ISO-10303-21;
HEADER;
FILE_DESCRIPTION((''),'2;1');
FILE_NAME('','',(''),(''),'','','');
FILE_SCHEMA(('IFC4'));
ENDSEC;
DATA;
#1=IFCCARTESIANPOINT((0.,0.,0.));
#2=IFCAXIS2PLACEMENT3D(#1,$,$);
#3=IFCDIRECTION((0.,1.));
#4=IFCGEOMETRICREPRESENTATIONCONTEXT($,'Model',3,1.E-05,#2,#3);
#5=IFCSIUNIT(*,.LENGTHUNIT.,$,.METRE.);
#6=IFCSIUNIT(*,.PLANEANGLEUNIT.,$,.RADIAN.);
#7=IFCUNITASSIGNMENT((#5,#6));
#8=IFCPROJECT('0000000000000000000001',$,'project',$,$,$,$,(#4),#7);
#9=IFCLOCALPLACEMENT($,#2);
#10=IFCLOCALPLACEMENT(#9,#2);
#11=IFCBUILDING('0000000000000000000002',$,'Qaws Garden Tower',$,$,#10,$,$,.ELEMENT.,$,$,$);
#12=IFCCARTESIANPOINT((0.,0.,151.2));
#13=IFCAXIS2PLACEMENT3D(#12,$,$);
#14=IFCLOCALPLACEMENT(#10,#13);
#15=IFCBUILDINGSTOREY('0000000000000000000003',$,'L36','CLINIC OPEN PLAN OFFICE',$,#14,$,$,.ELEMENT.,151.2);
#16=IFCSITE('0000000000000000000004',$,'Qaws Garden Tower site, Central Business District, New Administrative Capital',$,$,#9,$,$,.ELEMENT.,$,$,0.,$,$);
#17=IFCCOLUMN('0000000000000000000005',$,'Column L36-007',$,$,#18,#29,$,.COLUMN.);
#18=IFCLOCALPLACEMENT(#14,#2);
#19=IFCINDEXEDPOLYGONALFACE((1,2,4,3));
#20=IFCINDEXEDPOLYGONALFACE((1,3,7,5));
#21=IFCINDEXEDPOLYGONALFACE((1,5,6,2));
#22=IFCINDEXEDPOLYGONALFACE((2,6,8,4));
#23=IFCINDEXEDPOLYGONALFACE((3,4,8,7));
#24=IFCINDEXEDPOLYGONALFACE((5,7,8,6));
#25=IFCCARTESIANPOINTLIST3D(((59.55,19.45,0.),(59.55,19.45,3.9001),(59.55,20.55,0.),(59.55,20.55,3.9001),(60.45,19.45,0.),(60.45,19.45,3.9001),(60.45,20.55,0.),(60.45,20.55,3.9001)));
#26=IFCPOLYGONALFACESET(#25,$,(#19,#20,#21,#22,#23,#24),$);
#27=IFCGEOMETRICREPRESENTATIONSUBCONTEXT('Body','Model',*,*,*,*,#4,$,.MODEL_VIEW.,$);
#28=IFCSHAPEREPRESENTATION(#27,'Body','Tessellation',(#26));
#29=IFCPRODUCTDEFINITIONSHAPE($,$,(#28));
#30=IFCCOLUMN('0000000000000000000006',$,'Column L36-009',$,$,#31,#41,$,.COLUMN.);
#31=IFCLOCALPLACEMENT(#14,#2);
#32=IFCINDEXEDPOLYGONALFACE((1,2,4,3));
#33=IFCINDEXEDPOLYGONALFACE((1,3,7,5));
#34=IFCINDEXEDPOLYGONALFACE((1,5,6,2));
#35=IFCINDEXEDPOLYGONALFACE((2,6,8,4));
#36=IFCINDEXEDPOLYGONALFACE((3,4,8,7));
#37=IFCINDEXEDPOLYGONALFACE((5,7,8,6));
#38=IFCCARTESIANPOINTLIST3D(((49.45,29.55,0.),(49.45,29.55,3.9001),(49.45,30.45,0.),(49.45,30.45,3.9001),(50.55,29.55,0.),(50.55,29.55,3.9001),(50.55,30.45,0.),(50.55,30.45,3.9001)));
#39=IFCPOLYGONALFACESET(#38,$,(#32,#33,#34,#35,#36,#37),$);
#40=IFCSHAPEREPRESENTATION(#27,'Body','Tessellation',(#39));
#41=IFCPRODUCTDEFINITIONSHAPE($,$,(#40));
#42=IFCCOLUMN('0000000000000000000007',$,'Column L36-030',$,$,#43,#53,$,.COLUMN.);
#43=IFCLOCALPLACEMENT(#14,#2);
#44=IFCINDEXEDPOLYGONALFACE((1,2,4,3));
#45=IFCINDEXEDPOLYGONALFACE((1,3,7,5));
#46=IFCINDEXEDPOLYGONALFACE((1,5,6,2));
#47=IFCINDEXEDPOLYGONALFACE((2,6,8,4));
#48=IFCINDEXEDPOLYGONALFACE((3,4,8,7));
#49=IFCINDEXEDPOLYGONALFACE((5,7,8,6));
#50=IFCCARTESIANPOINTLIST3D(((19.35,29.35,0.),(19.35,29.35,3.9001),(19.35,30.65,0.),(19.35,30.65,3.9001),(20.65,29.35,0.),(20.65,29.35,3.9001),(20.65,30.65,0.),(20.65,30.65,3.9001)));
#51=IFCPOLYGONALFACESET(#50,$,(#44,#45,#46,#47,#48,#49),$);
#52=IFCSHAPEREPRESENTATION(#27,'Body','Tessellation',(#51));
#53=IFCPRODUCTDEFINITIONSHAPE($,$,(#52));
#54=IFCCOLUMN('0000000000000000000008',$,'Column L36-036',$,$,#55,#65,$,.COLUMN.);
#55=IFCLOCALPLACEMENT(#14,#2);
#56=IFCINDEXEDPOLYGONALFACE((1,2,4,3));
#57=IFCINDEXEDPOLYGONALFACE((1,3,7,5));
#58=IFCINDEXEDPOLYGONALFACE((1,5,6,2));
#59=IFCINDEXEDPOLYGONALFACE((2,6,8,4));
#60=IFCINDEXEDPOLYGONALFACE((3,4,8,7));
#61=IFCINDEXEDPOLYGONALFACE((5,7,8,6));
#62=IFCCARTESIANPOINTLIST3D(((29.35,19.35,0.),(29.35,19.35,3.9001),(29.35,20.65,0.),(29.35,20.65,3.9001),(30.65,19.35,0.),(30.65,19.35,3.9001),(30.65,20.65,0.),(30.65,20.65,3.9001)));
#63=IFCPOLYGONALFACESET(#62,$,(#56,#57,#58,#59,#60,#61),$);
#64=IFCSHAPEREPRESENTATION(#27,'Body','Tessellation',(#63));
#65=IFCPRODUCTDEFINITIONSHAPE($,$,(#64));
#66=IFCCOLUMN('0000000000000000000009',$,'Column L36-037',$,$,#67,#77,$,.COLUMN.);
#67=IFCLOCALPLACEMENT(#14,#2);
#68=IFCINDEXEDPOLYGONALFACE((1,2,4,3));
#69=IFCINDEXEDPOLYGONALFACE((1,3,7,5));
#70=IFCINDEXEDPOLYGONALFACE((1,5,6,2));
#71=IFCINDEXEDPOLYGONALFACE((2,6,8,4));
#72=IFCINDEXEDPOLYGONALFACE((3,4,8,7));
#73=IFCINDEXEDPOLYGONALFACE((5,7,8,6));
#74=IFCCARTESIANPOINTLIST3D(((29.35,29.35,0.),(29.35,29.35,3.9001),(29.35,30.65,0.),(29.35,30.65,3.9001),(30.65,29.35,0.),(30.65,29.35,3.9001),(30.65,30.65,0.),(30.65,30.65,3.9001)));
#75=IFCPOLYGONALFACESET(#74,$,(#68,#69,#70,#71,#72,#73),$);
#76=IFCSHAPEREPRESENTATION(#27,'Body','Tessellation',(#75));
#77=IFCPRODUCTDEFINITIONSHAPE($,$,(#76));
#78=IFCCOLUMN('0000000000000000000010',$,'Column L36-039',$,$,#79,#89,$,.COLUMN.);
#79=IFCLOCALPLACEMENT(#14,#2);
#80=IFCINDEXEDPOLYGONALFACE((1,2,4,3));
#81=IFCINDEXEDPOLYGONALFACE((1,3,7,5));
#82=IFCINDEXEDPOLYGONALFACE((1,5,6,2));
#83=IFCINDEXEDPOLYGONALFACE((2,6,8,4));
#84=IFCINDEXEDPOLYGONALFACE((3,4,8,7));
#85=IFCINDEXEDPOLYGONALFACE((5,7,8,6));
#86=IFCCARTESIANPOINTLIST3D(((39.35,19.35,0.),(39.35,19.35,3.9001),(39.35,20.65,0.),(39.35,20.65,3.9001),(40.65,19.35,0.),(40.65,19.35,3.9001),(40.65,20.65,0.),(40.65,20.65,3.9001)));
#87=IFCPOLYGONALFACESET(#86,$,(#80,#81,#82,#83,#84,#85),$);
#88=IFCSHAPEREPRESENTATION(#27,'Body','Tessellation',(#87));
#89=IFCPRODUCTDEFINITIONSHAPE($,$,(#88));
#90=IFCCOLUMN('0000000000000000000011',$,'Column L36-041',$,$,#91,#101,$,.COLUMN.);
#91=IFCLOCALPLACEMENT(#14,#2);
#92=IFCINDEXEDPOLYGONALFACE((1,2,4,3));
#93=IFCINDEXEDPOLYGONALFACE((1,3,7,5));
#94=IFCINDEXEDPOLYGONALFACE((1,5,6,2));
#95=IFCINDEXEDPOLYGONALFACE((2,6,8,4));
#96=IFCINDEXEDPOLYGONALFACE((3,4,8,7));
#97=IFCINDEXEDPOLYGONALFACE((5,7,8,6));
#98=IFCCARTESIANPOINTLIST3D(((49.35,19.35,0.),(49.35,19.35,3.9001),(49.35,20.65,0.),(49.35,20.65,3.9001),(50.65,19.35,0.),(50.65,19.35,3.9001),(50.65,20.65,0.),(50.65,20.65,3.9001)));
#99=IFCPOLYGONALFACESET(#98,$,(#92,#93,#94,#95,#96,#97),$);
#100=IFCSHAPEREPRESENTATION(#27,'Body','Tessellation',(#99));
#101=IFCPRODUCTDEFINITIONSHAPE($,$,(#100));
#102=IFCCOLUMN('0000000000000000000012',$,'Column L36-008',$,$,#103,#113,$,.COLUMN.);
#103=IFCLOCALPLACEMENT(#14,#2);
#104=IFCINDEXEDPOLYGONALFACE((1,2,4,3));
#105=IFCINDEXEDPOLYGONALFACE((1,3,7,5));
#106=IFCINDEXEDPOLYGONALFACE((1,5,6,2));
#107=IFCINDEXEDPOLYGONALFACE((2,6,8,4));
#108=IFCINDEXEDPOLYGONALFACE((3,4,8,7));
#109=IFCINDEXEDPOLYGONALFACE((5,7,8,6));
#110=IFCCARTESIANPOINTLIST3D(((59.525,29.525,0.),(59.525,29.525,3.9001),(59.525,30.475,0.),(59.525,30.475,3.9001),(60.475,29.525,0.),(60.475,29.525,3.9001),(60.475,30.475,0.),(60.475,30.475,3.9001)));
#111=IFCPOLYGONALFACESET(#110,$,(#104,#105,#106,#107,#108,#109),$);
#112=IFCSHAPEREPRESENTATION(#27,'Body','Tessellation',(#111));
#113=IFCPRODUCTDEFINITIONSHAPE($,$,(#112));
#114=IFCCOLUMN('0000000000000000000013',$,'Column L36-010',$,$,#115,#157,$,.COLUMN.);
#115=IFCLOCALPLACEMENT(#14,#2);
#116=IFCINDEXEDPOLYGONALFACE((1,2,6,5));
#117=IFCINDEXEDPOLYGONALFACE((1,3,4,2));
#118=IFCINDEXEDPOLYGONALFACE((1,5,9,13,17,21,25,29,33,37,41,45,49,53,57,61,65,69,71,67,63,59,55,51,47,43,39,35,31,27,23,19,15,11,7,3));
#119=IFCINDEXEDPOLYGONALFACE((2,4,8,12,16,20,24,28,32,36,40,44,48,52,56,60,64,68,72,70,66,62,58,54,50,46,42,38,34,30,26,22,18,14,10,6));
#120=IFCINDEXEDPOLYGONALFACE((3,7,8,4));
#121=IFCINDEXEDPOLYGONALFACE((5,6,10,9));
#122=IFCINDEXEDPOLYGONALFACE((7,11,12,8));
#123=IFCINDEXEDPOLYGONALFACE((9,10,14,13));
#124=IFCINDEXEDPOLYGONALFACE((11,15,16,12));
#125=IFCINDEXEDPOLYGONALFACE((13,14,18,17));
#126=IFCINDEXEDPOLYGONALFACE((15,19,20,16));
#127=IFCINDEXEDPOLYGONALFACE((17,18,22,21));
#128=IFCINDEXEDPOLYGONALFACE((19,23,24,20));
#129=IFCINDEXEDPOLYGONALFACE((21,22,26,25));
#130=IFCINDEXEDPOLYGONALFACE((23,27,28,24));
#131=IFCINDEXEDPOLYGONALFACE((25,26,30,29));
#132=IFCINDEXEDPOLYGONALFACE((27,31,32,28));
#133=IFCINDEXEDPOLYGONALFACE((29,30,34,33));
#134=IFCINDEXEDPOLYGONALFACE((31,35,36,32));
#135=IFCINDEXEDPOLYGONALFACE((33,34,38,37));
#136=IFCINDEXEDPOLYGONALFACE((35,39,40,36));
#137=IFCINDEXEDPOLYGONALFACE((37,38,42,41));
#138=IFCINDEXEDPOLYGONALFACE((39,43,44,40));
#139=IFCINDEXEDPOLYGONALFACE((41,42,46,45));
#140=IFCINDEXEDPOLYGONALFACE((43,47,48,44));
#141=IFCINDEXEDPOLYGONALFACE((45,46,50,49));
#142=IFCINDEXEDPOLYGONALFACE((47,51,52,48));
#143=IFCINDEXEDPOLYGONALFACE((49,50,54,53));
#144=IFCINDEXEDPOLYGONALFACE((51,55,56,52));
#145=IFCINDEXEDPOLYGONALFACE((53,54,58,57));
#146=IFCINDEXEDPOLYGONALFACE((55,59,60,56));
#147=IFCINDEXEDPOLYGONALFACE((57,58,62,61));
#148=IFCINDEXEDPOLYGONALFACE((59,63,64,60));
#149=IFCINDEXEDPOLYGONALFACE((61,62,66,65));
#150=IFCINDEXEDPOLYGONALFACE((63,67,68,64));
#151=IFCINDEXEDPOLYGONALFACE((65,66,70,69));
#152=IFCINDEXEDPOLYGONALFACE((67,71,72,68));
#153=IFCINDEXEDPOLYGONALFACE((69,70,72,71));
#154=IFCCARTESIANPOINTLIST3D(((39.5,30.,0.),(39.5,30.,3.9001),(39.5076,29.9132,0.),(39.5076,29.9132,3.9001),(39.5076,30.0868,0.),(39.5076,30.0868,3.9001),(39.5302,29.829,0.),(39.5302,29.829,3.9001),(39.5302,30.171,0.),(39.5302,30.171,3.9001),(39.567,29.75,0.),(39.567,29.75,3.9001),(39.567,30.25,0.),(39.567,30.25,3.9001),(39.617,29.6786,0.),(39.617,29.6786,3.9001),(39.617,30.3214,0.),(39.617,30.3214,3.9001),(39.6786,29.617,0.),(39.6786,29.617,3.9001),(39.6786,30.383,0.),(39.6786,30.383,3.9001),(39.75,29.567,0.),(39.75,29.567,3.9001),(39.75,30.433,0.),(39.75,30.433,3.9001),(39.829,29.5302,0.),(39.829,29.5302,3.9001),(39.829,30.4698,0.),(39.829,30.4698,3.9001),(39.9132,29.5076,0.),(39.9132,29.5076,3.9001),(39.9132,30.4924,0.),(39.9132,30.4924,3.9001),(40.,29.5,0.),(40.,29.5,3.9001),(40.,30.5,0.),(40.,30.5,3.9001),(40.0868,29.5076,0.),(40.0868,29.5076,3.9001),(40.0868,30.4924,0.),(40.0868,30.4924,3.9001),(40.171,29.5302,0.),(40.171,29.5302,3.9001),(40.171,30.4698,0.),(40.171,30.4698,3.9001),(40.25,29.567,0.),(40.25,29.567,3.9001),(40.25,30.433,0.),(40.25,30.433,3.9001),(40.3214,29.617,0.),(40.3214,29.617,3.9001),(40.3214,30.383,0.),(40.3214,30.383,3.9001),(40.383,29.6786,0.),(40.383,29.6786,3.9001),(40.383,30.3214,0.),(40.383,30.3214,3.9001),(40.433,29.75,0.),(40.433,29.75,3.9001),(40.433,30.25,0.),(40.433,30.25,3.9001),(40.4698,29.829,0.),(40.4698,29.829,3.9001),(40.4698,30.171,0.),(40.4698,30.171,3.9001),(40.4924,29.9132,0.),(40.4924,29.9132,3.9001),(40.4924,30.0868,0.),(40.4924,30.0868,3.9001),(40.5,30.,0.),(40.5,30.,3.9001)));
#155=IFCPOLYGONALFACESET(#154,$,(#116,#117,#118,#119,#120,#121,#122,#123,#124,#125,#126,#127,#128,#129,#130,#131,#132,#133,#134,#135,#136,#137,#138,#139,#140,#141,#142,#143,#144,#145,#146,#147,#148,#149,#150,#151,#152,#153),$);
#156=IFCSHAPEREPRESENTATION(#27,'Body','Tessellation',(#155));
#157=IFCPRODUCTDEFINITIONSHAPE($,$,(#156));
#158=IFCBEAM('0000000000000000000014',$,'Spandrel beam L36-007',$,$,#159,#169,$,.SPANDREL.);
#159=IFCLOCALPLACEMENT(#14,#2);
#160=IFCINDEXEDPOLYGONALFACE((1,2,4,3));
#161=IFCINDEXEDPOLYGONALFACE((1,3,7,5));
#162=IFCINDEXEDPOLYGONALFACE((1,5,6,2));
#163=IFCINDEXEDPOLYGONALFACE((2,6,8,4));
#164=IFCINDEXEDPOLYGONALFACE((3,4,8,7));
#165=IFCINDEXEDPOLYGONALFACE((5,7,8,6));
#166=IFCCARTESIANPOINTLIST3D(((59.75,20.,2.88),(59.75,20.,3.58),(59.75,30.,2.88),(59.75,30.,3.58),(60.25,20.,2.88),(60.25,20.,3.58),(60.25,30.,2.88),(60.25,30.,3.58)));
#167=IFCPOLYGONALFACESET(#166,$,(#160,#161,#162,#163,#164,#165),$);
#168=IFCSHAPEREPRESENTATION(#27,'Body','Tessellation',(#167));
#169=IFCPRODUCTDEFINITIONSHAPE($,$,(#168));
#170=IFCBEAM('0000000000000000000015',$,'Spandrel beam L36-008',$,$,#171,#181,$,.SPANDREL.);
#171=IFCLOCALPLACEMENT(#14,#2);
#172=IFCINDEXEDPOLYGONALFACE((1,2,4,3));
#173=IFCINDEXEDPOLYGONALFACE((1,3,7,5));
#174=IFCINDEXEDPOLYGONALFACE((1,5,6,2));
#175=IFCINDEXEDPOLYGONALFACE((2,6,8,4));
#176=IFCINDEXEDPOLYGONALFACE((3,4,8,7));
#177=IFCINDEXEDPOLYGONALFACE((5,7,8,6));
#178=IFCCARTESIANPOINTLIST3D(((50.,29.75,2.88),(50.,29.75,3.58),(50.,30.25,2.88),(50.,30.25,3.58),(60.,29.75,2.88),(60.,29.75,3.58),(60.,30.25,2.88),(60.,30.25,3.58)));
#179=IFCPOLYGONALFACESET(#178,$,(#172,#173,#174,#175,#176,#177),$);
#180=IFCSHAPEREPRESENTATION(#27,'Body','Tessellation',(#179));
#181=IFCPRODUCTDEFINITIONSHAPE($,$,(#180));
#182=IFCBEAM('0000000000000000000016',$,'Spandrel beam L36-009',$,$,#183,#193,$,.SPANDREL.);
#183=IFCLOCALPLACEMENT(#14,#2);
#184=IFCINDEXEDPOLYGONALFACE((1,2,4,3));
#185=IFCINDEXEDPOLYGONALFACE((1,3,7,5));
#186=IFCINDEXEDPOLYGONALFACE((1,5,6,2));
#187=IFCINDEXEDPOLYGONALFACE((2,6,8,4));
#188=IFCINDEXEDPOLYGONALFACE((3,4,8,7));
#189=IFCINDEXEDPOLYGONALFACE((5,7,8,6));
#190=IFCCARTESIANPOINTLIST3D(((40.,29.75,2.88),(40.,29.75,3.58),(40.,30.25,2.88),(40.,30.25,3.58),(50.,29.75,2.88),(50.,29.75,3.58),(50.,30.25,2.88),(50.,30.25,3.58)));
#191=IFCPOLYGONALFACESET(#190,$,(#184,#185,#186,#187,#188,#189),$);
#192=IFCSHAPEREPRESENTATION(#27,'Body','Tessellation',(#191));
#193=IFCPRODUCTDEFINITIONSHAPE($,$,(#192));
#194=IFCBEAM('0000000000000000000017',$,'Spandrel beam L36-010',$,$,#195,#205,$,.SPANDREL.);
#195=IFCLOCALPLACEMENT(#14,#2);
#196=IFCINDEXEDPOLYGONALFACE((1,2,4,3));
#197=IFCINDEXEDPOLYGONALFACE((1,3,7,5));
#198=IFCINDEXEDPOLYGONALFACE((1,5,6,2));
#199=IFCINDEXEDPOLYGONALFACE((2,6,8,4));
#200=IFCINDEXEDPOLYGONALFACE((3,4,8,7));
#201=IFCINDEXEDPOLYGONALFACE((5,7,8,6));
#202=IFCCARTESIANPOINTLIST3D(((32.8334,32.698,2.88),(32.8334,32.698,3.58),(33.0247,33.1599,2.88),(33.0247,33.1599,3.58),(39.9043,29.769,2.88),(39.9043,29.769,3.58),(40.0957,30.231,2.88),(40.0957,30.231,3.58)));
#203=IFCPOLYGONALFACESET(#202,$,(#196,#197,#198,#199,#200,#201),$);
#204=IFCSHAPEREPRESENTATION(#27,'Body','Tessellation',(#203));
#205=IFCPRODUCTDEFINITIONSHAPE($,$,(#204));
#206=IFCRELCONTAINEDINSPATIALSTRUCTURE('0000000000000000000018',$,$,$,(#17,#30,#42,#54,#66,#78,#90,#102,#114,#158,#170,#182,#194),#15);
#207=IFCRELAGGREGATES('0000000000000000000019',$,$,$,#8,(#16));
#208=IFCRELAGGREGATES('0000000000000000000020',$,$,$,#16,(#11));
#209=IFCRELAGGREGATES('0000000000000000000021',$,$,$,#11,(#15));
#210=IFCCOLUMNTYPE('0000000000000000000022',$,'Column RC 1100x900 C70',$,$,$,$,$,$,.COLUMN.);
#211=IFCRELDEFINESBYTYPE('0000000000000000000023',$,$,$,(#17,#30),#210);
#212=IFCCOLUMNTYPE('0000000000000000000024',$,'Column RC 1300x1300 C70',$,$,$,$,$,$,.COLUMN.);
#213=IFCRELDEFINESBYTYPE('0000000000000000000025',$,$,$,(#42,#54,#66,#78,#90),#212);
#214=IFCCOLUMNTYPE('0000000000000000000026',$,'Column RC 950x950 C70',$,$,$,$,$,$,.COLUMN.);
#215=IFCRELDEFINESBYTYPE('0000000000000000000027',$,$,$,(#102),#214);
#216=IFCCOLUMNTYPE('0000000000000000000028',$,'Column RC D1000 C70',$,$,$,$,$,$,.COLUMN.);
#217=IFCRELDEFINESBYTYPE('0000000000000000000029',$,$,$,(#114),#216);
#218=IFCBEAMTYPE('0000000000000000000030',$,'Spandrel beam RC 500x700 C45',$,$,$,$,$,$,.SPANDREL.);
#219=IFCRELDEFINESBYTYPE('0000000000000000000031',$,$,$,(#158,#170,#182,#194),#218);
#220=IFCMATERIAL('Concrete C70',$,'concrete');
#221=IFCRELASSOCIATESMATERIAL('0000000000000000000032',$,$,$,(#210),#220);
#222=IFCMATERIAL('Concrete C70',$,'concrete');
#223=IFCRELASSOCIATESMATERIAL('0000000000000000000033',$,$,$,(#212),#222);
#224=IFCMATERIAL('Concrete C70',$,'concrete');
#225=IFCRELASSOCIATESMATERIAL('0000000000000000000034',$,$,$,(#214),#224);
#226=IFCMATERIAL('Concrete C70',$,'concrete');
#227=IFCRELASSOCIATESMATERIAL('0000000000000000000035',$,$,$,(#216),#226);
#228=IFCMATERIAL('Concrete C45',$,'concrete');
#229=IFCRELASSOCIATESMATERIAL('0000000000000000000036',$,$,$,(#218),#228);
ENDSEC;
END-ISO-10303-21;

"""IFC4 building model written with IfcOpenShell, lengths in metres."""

from ifc_helpers import new_model, si_unit, direction, frame, origin, origin_2d, place, context, subcontext, project, spatial, rectangle, circle, extrude, material, material_profile, profile_set, type_object, element, save


model = new_model("IFC4")

# Units and contexts
model_context = context("Model", 3, precision=1e-05, world=origin(), true_north=direction((0.0, 1.0)))
body_context = subcontext(model_context, "Body", "Model", "MODEL_VIEW")
ifc_project = project(units=[si_unit("LENGTHUNIT", "METRE"), si_unit("PLANEANGLEUNIT", "RADIAN")], contexts=[model_context])

# Site, building, storey
site_placement = place(None, origin())
site = spatial("IfcSite", under=ifc_project, at=site_placement, Name="Qaws Garden Tower site, Central Business District, New Administrative Capital", CompositionType="ELEMENT", RefElevation=0.0)
building_placement = place(site_placement, origin())
building = spatial("IfcBuilding", under=site, at=building_placement, Name="Qaws Garden Tower", CompositionType="ELEMENT")
storey_placement = place(building_placement, frame((0.0, 0.0, 151.2)))
storey = spatial("IfcBuildingStorey", under=building, at=storey_placement, Name="L36", Description="CLINIC OPEN PLAN OFFICE", CompositionType="ELEMENT", Elevation=151.2)

# Columns
ifc_material_1 = material(Name="Concrete C70", Category="concrete")
ifc_material_profile_1 = material_profile(ifc_material_1, rectangle(XDim=1.1001, YDim=0.8999, at=origin_2d()), Name="RC 1100x900")
ifc_profile_set_1 = profile_set([ifc_material_profile_1], Name="Concrete C70")
column_type_1 = type_object("IfcColumnType", Name="Column RC 1100x900 C70", PredefinedType="COLUMN", material=ifc_profile_set_1)
for number, where, z_axis, x_axis, name in (
    (1, (60.0, 20.0, 0.0), (0.0, 0.0, 1.0), (0.0, 1.0, 0.0), "Column L36-007"),
    (2, (50.0, 30.0, 0.0), (0.0, 0.0, 1.0), (1.0, 0.0, 0.0), "Column L36-009"),
):
    element("IfcColumn", number, at=place(storey_placement, frame(where, z_axis=z_axis, x_axis=x_axis)), inside=storey, type_object=column_type_1, Name=name, PredefinedType="COLUMN", context=body_context, shape_type="SweptSolid", body=[
        extrude(rectangle(XDim=1.1001, YDim=0.8999, at=origin_2d()), origin(), (0.0, 0.0, 1.0), 3.9001),
    ])
ifc_material_2 = material(Name="Concrete C70", Category="concrete")
ifc_material_profile_2 = material_profile(ifc_material_2, rectangle(XDim=1.3, YDim=1.3, at=origin_2d()), Name="RC 1300x1300")
ifc_profile_set_2 = profile_set([ifc_material_profile_2], Name="Concrete C70")
column_type_2 = type_object("IfcColumnType", Name="Column RC 1300x1300 C70", PredefinedType="COLUMN", material=ifc_profile_set_2)
for number, where, z_axis, x_axis, name in (
    (3, (20.0, 30.0, 0.0), (0.0, 0.0, 1.0), (1.0, 0.0, 0.0), "Column L36-030"),
    (4, (30.0, 20.0, 0.0), (0.0, 0.0, 1.0), (1.0, 0.0, 0.0), "Column L36-036"),
    (5, (30.0, 30.0, 0.0), (0.0, 0.0, 1.0), (1.0, 0.0, 0.0), "Column L36-037"),
    (6, (40.0, 20.0, 0.0), (0.0, 0.0, 1.0), (1.0, 0.0, 0.0), "Column L36-039"),
    (7, (50.0, 20.0, 0.0), (0.0, 0.0, 1.0), (1.0, 0.0, 0.0), "Column L36-041"),
):
    element("IfcColumn", number, at=place(storey_placement, frame(where, z_axis=z_axis, x_axis=x_axis)), inside=storey, type_object=column_type_2, Name=name, PredefinedType="COLUMN", context=body_context, shape_type="SweptSolid", body=[
        extrude(rectangle(XDim=1.3, YDim=1.3, at=origin_2d()), origin(), (0.0, 0.0, 1.0), 3.9001),
    ])
ifc_material_3 = material(Name="Concrete C70", Category="concrete")
ifc_material_profile_3 = material_profile(ifc_material_3, rectangle(XDim=0.95, YDim=0.95, at=origin_2d()), Name="RC 950x950")
ifc_profile_set_3 = profile_set([ifc_material_profile_3], Name="Concrete C70")
column_type_3 = type_object("IfcColumnType", Name="Column RC 950x950 C70", PredefinedType="COLUMN", material=ifc_profile_set_3)
column_1_placement = place(storey_placement, frame((60.0, 30.0, 0.0), z_axis=(0.0, 0.0, 1.0), x_axis=(1.0, 0.0, 0.0)))
element("IfcColumn", 8, at=column_1_placement, inside=storey, type_object=column_type_3, Name="Column L36-008", PredefinedType="COLUMN", context=body_context, shape_type="SweptSolid", body=[
    extrude(rectangle(XDim=0.95, YDim=0.95, at=origin_2d()), origin(), (0.0, 0.0, 1.0), 3.9001),
])
ifc_material_4 = material(Name="Concrete C70", Category="concrete")
ifc_material_profile_4 = material_profile(ifc_material_4, circle(Radius=0.5, at=origin_2d()), Name="RC D1000")
ifc_profile_set_4 = profile_set([ifc_material_profile_4], Name="Concrete C70")
column_type_4 = type_object("IfcColumnType", Name="Column RC D1000 C70", PredefinedType="COLUMN", material=ifc_profile_set_4)
column_2_placement = place(storey_placement, frame((40.0, 30.0, 0.0), z_axis=(0.0, 0.0, 1.0), x_axis=(1.0, 0.0, 0.0)))
element("IfcColumn", 9, at=column_2_placement, inside=storey, type_object=column_type_4, Name="Column L36-010", PredefinedType="COLUMN", context=body_context, shape_type="SweptSolid", body=[
    extrude(circle(Radius=0.5, at=origin_2d()), origin(), (0.0, 0.0, 1.0), 3.9001),
])

# Beams
ifc_material_5 = material(Name="Concrete C45", Category="concrete")
ifc_material_profile_5 = material_profile(ifc_material_5, rectangle(XDim=0.5, YDim=0.7, at=origin_2d()), Name="RC 500x700")
ifc_profile_set_5 = profile_set([ifc_material_profile_5], Name="Concrete C45")
beam_type = type_object("IfcBeamType", Name="Spandrel beam RC 500x700 C45", PredefinedType="SPANDREL", material=ifc_profile_set_5)
for number, where, z_axis, x_axis, name in (
    (10, (60.0, 20.0, 3.23), (0.0, 1.0, 0.0), (-1.0, 0.0, 0.0), "Spandrel beam L36-007"),
    (11, (60.0, 30.0, 3.23), (-1.0, 0.0, 0.0), (0.0, -1.0, 0.0), "Spandrel beam L36-008"),
    (12, (50.0, 30.0, 3.23), (-1.0, 0.0, 0.0), (0.0, -1.0, 0.0), "Spandrel beam L36-009"),
):
    element("IfcBeam", number, at=place(storey_placement, frame(where, z_axis=z_axis, x_axis=x_axis)), inside=storey, type_object=beam_type, Name=name, PredefinedType="SPANDREL", context=body_context, shape_type="SweptSolid", body=[
        extrude(rectangle(XDim=0.5, YDim=0.7, at=origin_2d()), origin(), (0.0, 0.0, 1.0), 10.0),
    ])
beam_placement = place(storey_placement, frame((40.0, 30.0, 3.23), z_axis=(-0.923878, 0.382687, 0.0), x_axis=(-0.382687, -0.923878, 0.0)))
element("IfcBeam", 13, at=beam_placement, inside=storey, type_object=beam_type, Name="Spandrel beam L36-010", PredefinedType="SPANDREL", context=body_context, shape_type="SweptSolid", body=[
    extrude(rectangle(XDim=0.5, YDim=0.7, at=origin_2d()), origin(), (0.0, 0.0, 1.0), 7.6536),
])

save(model, "model.ifc")
